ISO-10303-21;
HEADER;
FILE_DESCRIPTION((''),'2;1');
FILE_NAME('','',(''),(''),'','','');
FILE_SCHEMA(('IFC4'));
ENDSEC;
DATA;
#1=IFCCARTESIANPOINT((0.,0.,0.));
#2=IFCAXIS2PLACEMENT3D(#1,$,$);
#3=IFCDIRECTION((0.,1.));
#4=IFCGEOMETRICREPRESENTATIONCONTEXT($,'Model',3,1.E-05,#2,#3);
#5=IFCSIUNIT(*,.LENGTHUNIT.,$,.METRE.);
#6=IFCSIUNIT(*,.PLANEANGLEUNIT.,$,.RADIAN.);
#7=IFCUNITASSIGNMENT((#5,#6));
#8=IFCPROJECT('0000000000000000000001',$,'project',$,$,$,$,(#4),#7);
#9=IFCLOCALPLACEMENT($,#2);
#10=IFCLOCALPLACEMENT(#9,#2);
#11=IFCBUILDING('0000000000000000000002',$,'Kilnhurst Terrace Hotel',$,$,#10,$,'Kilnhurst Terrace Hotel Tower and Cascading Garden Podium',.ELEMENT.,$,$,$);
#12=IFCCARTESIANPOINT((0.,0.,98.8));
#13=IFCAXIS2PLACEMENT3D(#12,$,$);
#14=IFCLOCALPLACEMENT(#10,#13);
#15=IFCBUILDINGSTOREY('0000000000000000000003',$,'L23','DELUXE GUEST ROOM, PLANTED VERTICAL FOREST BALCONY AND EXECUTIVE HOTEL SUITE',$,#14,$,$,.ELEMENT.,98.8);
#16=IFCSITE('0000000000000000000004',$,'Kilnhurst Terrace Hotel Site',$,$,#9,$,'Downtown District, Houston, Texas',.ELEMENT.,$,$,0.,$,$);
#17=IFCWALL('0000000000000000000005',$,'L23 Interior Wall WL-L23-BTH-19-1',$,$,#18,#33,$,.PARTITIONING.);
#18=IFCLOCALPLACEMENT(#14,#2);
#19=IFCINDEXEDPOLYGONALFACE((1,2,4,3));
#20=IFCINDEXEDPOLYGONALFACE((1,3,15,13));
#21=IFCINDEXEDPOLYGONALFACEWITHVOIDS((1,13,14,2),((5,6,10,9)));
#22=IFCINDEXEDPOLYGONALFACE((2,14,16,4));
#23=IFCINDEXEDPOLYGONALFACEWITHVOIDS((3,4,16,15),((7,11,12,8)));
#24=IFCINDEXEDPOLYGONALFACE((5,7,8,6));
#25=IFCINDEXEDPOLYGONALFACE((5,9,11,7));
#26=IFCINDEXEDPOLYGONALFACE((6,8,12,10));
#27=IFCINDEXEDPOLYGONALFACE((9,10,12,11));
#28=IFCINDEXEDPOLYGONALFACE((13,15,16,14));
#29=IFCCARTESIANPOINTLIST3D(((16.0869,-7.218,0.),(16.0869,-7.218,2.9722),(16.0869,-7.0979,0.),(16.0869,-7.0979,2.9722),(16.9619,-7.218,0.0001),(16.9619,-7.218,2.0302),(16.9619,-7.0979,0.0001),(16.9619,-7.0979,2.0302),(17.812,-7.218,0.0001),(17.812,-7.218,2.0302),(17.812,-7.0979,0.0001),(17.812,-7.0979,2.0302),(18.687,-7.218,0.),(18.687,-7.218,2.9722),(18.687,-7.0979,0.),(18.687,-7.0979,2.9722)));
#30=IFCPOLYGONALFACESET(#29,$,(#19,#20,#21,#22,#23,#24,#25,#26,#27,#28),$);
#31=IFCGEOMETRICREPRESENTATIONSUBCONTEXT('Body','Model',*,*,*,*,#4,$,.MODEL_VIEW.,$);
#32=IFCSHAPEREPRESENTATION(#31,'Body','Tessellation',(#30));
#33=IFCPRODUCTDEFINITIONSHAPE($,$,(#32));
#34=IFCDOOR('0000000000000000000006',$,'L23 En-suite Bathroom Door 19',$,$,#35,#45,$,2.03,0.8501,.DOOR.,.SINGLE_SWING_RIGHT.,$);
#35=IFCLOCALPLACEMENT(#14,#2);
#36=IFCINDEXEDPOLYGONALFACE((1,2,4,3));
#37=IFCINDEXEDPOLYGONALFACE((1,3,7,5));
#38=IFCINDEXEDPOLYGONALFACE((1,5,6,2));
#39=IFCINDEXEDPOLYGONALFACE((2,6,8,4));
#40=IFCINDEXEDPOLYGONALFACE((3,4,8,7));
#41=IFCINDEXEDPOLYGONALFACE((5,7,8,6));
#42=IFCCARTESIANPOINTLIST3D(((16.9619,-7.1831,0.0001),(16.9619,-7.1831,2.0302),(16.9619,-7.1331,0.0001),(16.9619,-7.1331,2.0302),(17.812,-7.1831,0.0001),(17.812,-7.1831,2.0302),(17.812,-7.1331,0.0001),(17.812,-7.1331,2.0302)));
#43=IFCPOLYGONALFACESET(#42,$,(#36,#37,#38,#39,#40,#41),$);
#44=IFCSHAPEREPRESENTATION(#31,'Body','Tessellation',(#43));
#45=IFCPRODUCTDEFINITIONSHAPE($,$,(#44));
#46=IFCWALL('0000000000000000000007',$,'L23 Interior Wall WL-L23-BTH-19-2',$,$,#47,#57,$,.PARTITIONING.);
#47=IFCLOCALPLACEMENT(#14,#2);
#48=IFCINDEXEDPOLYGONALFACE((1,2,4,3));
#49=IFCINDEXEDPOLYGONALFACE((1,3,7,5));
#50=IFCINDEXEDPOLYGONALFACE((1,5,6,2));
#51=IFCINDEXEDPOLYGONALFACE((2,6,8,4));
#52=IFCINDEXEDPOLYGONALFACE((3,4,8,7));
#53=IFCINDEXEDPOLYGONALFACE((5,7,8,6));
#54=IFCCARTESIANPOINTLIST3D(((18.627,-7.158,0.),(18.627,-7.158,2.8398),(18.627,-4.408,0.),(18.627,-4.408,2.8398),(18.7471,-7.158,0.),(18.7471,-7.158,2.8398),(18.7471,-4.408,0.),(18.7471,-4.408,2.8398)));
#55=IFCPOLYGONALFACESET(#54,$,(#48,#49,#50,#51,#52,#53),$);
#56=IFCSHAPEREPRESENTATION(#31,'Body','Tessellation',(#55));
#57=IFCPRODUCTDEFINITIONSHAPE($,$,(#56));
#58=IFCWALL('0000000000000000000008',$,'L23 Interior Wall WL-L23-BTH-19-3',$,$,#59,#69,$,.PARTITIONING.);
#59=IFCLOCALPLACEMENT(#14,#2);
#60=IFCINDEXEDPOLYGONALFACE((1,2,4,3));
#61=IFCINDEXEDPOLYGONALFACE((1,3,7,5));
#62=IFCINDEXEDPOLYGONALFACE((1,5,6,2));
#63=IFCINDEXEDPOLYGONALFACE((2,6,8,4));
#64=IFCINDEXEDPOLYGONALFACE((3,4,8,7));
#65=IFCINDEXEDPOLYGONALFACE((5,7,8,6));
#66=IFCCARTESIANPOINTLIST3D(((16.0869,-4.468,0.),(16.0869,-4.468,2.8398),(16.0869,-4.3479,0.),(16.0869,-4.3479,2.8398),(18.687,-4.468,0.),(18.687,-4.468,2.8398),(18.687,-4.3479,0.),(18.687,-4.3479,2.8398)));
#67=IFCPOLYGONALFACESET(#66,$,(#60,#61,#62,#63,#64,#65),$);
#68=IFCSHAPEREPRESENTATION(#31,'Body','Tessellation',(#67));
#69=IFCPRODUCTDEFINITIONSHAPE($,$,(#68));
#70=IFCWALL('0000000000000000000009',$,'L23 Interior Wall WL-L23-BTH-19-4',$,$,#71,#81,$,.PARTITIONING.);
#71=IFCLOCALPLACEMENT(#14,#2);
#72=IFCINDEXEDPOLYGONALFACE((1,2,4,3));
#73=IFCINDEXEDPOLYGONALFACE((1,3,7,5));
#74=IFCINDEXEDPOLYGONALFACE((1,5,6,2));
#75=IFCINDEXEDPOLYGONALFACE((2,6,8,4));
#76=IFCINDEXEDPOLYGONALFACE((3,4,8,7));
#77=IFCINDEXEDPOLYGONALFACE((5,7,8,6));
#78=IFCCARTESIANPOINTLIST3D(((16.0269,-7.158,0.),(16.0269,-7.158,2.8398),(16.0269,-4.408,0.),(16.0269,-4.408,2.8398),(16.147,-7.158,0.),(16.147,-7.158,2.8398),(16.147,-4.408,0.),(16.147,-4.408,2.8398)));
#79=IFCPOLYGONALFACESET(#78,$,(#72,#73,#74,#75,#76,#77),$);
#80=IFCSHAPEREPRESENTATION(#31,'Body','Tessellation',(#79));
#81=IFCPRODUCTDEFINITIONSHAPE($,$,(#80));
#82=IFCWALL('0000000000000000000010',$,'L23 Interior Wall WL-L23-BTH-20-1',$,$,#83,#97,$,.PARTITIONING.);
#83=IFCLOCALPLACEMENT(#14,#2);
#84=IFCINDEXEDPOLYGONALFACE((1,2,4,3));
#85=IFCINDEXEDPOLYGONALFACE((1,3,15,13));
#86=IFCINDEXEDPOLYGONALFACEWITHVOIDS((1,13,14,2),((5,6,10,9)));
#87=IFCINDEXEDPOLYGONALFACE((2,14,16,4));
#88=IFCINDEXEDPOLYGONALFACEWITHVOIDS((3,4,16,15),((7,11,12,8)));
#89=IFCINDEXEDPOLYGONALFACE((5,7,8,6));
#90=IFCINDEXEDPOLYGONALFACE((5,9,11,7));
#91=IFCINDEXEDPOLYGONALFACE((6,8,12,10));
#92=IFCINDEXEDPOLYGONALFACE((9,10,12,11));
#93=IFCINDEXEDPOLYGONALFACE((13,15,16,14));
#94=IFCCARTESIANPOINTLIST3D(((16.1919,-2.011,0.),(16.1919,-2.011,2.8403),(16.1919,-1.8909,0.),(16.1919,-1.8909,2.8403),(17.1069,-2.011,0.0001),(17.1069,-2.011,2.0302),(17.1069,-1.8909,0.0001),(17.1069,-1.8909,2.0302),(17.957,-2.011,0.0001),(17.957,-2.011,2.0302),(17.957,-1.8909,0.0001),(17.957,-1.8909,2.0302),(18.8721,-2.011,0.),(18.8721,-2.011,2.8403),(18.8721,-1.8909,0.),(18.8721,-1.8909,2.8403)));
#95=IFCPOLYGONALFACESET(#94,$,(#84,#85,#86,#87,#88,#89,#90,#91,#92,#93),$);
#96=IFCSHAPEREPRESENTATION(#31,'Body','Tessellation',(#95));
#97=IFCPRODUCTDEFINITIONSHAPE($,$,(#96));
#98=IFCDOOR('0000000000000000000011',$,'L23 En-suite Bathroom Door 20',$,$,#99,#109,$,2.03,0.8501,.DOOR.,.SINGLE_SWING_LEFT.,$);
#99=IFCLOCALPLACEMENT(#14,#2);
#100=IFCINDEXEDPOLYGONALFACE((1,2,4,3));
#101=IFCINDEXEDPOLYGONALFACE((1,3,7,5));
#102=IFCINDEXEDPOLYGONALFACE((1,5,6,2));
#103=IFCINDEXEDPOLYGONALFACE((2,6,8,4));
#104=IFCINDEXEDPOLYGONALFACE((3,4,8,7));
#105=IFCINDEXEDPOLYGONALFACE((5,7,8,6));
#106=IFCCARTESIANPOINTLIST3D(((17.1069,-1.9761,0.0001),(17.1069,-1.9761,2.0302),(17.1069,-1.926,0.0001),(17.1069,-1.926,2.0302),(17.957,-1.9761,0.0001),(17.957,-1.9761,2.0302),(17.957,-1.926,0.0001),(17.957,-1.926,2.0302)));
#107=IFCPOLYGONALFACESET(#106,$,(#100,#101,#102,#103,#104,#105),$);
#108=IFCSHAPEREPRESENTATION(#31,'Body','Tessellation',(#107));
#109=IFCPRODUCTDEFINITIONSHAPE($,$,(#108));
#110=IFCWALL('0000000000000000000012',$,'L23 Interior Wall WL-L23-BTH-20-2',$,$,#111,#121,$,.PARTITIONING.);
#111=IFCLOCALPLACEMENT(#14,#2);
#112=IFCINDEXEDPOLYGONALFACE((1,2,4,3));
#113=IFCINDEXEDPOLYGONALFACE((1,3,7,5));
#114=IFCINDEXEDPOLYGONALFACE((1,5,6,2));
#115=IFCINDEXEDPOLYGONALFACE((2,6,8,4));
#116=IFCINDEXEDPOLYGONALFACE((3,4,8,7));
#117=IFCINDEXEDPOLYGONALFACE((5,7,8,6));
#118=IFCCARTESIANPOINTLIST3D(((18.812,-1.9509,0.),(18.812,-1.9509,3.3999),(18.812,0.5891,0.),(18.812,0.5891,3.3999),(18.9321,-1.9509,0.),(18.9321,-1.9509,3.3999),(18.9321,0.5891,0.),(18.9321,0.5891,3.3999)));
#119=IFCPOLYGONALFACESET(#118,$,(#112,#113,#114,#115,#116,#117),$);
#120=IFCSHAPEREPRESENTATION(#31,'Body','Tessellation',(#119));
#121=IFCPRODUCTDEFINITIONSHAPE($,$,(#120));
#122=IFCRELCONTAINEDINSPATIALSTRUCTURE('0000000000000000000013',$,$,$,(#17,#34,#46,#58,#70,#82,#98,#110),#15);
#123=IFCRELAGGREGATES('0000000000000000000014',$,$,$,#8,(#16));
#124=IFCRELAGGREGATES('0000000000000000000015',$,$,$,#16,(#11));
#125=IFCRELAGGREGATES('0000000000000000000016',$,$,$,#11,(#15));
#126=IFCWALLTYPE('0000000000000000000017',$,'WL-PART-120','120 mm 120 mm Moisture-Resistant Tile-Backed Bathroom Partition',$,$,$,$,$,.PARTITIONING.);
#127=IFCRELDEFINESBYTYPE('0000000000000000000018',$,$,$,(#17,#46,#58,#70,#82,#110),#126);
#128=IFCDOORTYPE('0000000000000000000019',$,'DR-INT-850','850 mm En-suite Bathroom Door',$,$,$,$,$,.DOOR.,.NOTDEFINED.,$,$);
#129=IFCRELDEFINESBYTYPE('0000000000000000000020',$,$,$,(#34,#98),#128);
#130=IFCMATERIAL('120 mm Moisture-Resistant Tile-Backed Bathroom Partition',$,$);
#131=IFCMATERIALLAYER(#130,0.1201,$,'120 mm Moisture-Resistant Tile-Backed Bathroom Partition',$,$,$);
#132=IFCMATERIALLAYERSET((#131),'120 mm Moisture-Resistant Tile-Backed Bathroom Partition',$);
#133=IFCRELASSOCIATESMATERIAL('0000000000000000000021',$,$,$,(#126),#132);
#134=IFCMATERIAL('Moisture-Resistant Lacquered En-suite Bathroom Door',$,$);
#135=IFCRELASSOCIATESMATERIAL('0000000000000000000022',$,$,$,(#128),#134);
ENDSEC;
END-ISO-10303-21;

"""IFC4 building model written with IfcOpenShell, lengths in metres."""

from ifc_helpers import new_model, si_unit, direction, frame, frame_2d, origin, place, context, subcontext, project, spatial, rectangle, extrude, material, layer, layer_set, type_object, element, fill, save


model = new_model("IFC4")

# Units and contexts
model_context = context("Model", 3, precision=1e-05, world=origin(), true_north=direction((0.0, 1.0)))
body_context = subcontext(model_context, "Body", "Model", "MODEL_VIEW")
ifc_project = project(units=[si_unit("LENGTHUNIT", "METRE"), si_unit("PLANEANGLEUNIT", "RADIAN")], contexts=[model_context])

# Site, building, storey
site_placement = place(None, origin())
site = spatial("IfcSite", under=ifc_project, at=site_placement, Name="Kilnhurst Terrace Hotel Site", LongName="Downtown District, Houston, Texas", CompositionType="ELEMENT", RefElevation=0.0)
building_placement = place(site_placement, origin())
building = spatial("IfcBuilding", under=site, at=building_placement, Name="Kilnhurst Terrace Hotel", LongName="Kilnhurst Terrace Hotel Tower and Cascading Garden Podium", CompositionType="ELEMENT")
storey_placement = place(building_placement, frame((0.0, 0.0, 98.8)))
storey = spatial("IfcBuildingStorey", under=building, at=storey_placement, Name="L23", Description="DELUXE GUEST ROOM, PLANTED VERTICAL FOREST BALCONY AND EXECUTIVE HOTEL SUITE", CompositionType="ELEMENT", Elevation=98.8)

# Wall, opening, door
ifc_material_1 = material(Name="120 mm Moisture-Resistant Tile-Backed Bathroom Partition")
ifc_layer_1 = layer(ifc_material_1, 0.1201, Name="120 mm Moisture-Resistant Tile-Backed Bathroom Partition")
ifc_layer_set_1 = layer_set([ifc_layer_1], Name="120 mm Moisture-Resistant Tile-Backed Bathroom Partition")
wall_type_1 = type_object("IfcWallType", Name="WL-PART-120", Description="120 mm 120 mm Moisture-Resistant Tile-Backed Bathroom Partition", PredefinedType="PARTITIONING", material=ifc_layer_set_1)
wall_1_placement = place(storey_placement, frame((16.0869, -7.158, 0.0), z_axis=(0.0, 0.0, 1.0), x_axis=(1.0, 0.0, 0.0)))
wall_1 = element("IfcWall", 1, at=wall_1_placement, inside=storey, type_object=wall_type_1, Name="L23 Interior Wall WL-L23-BTH-19-1", PredefinedType="PARTITIONING", context=body_context, shape_type="SweptSolid", body=[
    extrude(rectangle(XDim=2.6001, YDim=0.1201, at=frame_2d((1.3, 0.0))), origin(), (0.0, 0.0, 1.0), 2.9722),
])
opening_1_placement = place(wall_1_placement, frame((0.875, 0.0, 0.0)))
opening_1 = element("IfcOpeningElement", 2, at=opening_1_placement, cuts=wall_1, PredefinedType="OPENING", context=body_context, shape_type="SweptSolid", body=[
    extrude(rectangle(XDim=0.8501, YDim=2.03, at=frame_2d((0.425, 1.0151))), frame((0.0, 0.0701, 0.0), z_axis=(0.0, -1.0, 0.0), x_axis=(1.0, 0.0, 0.0)), (0.0, 0.0, 1.0), 0.1401),
])
ifc_material_2 = material(Name="Moisture-Resistant Lacquered En-suite Bathroom Door")
door_type_1 = type_object("IfcDoorType", Name="DR-INT-850", Description="850 mm En-suite Bathroom Door", OperationType="NOTDEFINED", PredefinedType="DOOR", material=ifc_material_2)
door_1_placement = place(opening_1_placement, origin())
door_1 = element("IfcDoor", 3, at=door_1_placement, inside=storey, type_object=door_type_1, Name="L23 En-suite Bathroom Door 19", OperationType="SINGLE_SWING_RIGHT", OverallHeight=2.03, OverallWidth=0.8501, PredefinedType="DOOR", context=body_context, shape_type="SweptSolid", body=[
    extrude(rectangle(XDim=0.8501, YDim=2.03, at=frame_2d((0.425, 1.0151))), frame((0.0, 0.0249, 0.0), z_axis=(0.0, -1.0, 0.0), x_axis=(1.0, 0.0, 0.0)), (0.0, 0.0, 1.0), 0.05),
])
fill(opening_1, door_1)

# Walls
wall_2_placement = place(storey_placement, frame((18.687, -7.158, 0.0), z_axis=(0.0, 0.0, 1.0), x_axis=(0.0, 1.0, 0.0)))
element("IfcWall", 4, at=wall_2_placement, inside=storey, type_object=wall_type_1, Name="L23 Interior Wall WL-L23-BTH-19-2", PredefinedType="PARTITIONING", context=body_context, shape_type="SweptSolid", body=[
    extrude(rectangle(XDim=2.75, YDim=0.1201, at=frame_2d((1.375, 0.0))), origin(), (0.0, 0.0, 1.0), 2.8398),
])
wall_3_placement = place(storey_placement, frame((18.687, -4.408, 0.0), z_axis=(0.0, 0.0, 1.0), x_axis=(-1.0, 0.0, 0.0)))
element("IfcWall", 5, at=wall_3_placement, inside=storey, type_object=wall_type_1, Name="L23 Interior Wall WL-L23-BTH-19-3", PredefinedType="PARTITIONING", context=body_context, shape_type="SweptSolid", body=[
    extrude(rectangle(XDim=2.6001, YDim=0.1201, at=frame_2d((1.3, 0.0))), origin(), (0.0, 0.0, 1.0), 2.8398),
])
wall_4_placement = place(storey_placement, frame((16.0869, -4.408, 0.0), z_axis=(0.0, 0.0, 1.0), x_axis=(0.0, -1.0, 0.0)))
element("IfcWall", 6, at=wall_4_placement, inside=storey, type_object=wall_type_1, Name="L23 Interior Wall WL-L23-BTH-19-4", PredefinedType="PARTITIONING", context=body_context, shape_type="SweptSolid", body=[
    extrude(rectangle(XDim=2.75, YDim=0.1201, at=frame_2d((1.375, 0.0))), origin(), (0.0, 0.0, 1.0), 2.8398),
])

# Wall, opening, door
wall_5_placement = place(storey_placement, frame((16.1919, -1.9509, 0.0), z_axis=(0.0, 0.0, 1.0), x_axis=(1.0, 0.0, 0.0)))
wall_5 = element("IfcWall", 7, at=wall_5_placement, inside=storey, type_object=wall_type_1, Name="L23 Interior Wall WL-L23-BTH-20-1", PredefinedType="PARTITIONING", context=body_context, shape_type="SweptSolid", body=[
    extrude(rectangle(XDim=2.6802, YDim=0.1201, at=frame_2d((1.3401, 0.0))), origin(), (0.0, 0.0, 1.0), 2.8403),
])
opening_2_placement = place(wall_5_placement, frame((0.915, 0.0, 0.0)))
opening_2 = element("IfcOpeningElement", 8, at=opening_2_placement, cuts=wall_5, PredefinedType="OPENING", context=body_context, shape_type="SweptSolid", body=[
    extrude(rectangle(XDim=0.8501, YDim=2.03, at=frame_2d((0.425, 1.0151))), frame((0.0, 0.0701, 0.0), z_axis=(0.0, -1.0, 0.0), x_axis=(1.0, 0.0, 0.0)), (0.0, 0.0, 1.0), 0.1401),
])
door_2_placement = place(opening_2_placement, origin())
door_2 = element("IfcDoor", 9, at=door_2_placement, inside=storey, type_object=door_type_1, Name="L23 En-suite Bathroom Door 20", OperationType="SINGLE_SWING_LEFT", OverallHeight=2.03, OverallWidth=0.8501, PredefinedType="DOOR", context=body_context, shape_type="SweptSolid", body=[
    extrude(rectangle(XDim=0.8501, YDim=2.03, at=frame_2d((0.425, 1.0151))), frame((0.0, 0.0249, 0.0), z_axis=(0.0, -1.0, 0.0), x_axis=(1.0, 0.0, 0.0)), (0.0, 0.0, 1.0), 0.05),
])
fill(opening_2, door_2)

# Wall
wall_6_placement = place(storey_placement, frame((18.8721, -1.9509, 0.0), z_axis=(0.0, 0.0, 1.0), x_axis=(0.0, 1.0, 0.0)))
element("IfcWall", 10, at=wall_6_placement, inside=storey, type_object=wall_type_1, Name="L23 Interior Wall WL-L23-BTH-20-2", PredefinedType="PARTITIONING", context=body_context, shape_type="SweptSolid", body=[
    extrude(rectangle(XDim=2.54, YDim=0.1201, at=frame_2d((1.27, 0.0))), origin(), (0.0, 0.0, 1.0), 3.3999),
])

save(model, "model.ifc")
